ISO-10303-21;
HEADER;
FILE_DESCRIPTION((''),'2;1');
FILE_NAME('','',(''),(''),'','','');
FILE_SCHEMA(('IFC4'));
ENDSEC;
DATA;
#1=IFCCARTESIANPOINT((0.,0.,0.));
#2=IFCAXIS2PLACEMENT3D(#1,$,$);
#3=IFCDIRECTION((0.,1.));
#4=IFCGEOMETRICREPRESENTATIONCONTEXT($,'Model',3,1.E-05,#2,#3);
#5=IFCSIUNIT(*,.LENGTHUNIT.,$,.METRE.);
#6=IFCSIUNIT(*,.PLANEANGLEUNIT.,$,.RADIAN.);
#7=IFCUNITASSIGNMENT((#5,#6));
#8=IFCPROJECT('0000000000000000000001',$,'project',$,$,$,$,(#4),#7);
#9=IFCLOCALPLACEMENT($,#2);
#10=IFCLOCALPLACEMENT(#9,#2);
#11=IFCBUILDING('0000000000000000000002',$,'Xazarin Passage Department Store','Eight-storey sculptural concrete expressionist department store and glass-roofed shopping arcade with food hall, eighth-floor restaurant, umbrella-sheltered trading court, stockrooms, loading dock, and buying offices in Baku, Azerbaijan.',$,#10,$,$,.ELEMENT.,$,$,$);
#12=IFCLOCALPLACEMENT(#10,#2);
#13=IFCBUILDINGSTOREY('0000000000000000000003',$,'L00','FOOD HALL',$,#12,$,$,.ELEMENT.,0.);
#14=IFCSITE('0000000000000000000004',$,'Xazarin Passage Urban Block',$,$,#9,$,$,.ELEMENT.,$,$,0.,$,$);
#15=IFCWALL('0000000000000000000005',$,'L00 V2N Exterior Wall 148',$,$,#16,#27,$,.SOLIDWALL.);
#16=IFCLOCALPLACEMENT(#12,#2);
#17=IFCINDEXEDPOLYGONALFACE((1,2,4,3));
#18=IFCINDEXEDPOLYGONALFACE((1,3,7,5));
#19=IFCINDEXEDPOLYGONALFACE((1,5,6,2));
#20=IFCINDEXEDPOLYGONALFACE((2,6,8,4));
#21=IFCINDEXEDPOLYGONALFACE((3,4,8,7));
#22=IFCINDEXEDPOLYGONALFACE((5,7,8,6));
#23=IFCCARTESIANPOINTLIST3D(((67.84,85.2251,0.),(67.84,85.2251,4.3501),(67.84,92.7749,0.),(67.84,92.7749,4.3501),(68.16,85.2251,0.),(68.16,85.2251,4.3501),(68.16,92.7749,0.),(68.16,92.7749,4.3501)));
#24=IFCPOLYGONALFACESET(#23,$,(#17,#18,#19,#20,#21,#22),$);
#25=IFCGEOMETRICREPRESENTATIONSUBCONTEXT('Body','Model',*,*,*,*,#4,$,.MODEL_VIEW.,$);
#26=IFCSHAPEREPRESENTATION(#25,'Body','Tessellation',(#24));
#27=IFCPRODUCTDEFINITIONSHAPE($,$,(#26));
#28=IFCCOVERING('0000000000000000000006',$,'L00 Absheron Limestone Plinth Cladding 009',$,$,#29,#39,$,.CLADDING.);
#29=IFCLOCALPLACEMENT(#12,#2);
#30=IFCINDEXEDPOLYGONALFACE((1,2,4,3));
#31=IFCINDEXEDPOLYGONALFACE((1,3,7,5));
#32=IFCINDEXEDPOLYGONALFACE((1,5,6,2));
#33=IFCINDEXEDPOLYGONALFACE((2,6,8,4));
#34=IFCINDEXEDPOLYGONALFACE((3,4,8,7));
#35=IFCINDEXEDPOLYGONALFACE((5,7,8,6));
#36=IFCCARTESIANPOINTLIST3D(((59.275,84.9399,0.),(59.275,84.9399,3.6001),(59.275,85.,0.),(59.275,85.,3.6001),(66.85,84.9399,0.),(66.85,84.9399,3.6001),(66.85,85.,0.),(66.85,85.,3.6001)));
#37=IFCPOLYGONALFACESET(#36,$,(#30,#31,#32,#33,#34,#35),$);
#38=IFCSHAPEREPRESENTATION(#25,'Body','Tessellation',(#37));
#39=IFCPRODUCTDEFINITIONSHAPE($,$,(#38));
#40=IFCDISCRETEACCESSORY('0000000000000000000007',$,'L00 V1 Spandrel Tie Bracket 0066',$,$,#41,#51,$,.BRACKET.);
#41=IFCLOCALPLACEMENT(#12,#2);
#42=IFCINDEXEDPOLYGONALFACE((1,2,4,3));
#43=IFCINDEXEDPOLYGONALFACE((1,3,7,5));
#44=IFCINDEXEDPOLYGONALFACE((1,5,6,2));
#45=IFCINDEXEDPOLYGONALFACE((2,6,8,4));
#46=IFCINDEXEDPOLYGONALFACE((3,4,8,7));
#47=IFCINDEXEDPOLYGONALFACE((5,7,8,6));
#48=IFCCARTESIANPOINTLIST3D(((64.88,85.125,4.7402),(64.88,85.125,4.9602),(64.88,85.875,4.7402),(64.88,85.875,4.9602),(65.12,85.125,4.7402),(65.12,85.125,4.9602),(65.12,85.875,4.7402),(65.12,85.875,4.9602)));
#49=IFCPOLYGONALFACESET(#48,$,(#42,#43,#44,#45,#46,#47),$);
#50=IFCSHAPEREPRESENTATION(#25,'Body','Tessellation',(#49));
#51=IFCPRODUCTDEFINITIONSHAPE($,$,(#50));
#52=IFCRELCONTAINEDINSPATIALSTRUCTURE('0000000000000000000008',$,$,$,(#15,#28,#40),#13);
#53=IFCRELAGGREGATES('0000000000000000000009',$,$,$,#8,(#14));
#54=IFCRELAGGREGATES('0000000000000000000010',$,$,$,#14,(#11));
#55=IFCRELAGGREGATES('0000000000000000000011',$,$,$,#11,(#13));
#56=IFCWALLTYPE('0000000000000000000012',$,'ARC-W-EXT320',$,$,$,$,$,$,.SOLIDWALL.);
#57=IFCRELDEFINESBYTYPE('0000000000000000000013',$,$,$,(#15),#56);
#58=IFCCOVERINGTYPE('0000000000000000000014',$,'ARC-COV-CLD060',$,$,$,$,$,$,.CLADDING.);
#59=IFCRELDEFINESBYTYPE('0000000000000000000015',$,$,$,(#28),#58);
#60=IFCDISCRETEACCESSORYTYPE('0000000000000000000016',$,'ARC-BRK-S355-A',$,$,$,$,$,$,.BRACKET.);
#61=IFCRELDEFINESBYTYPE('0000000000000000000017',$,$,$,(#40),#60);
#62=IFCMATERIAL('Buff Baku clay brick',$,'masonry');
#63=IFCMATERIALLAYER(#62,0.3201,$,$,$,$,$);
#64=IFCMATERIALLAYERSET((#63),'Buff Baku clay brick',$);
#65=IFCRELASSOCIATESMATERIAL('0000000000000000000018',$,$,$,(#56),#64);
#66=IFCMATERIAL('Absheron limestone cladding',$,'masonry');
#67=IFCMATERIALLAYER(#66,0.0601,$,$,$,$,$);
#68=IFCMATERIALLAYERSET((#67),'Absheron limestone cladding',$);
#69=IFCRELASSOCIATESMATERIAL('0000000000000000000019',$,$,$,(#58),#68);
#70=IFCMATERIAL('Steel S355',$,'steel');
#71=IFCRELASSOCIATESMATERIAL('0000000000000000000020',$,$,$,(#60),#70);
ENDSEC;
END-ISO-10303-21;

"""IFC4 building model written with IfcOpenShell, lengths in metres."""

from ifc_helpers import new_model, si_unit, direction, frame, frame_2d, origin, origin_2d, place, context, subcontext, project, spatial, rectangle, extrude, material, layer, layer_set, type_object, element, save


model = new_model("IFC4")

# Units and contexts
model_context = context("Model", 3, precision=1e-05, world=origin(), true_north=direction((0.0, 1.0)))
body_context = subcontext(model_context, "Body", "Model", "MODEL_VIEW")
ifc_project = project(units=[si_unit("LENGTHUNIT", "METRE"), si_unit("PLANEANGLEUNIT", "RADIAN")], contexts=[model_context])

# Site, building, storey
site_placement = place(None, origin())
site = spatial("IfcSite", under=ifc_project, at=site_placement, Name="Xazarin Passage Urban Block", CompositionType="ELEMENT", RefElevation=0.0)
building_placement = place(site_placement, origin())
building = spatial("IfcBuilding", under=site, at=building_placement, Name="Xazarin Passage Department Store", Description="Eight-storey sculptural concrete expressionist department store and glass-roofed shopping arcade with food hall, eighth-floor restaurant, umbrella-sheltered trading court, stockrooms, loading dock, and buying offices in Baku, Azerbaijan.", CompositionType="ELEMENT")
storey_placement = place(building_placement, origin())
storey = spatial("IfcBuildingStorey", under=building, at=storey_placement, Name="L00", Description="FOOD HALL", CompositionType="ELEMENT", Elevation=0.0)

# Wall
ifc_material_1 = material(Name="Buff Baku clay brick", Category="masonry")
ifc_layer_1 = layer(ifc_material_1, 0.3201)
ifc_layer_set_1 = layer_set([ifc_layer_1], Name="Buff Baku clay brick")
wall_type = type_object("IfcWallType", Name="ARC-W-EXT320", PredefinedType="SOLIDWALL", material=ifc_layer_set_1)
wall_placement = place(storey_placement, frame((68.0, 85.2251, 0.0), z_axis=(0.0, 0.0, 1.0), x_axis=(0.0, 1.0, 0.0)))
element("IfcWall", 1, at=wall_placement, inside=storey, type_object=wall_type, Name="L00 V2N Exterior Wall 148", PredefinedType="SOLIDWALL", context=body_context, shape_type="SweptSolid", body=[
    extrude(rectangle(XDim=7.5498, YDim=0.3201, at=frame_2d((3.7749, 0.0))), origin(), (0.0, 0.0, 1.0), 4.3501),
])

# Covering
ifc_material_2 = material(Name="Absheron limestone cladding", Category="masonry")
ifc_layer_2 = layer(ifc_material_2, 0.0601)
ifc_layer_set_2 = layer_set([ifc_layer_2], Name="Absheron limestone cladding")
covering_type = type_object("IfcCoveringType", Name="ARC-COV-CLD060", PredefinedType="CLADDING", material=ifc_layer_set_2)
covering_placement = place(storey_placement, frame((63.0625, 84.97, 0.0), z_axis=(0.0, 0.0, 1.0), x_axis=(1.0, 0.0, 0.0)))
element("IfcCovering", 2, at=covering_placement, inside=storey, type_object=covering_type, Name="L00 Absheron Limestone Plinth Cladding 009", PredefinedType="CLADDING", context=body_context, shape_type="SweptSolid", body=[
    extrude(rectangle(XDim=7.575, YDim=0.0601, at=origin_2d()), origin(), (0.0, 0.0, 1.0), 3.6001),
])

# Discrete accessory
ifc_material_3 = material(Name="Steel S355", Category="steel")
discrete_accessory_type = type_object("IfcDiscreteAccessoryType", Name="ARC-BRK-S355-A", PredefinedType="BRACKET", material=ifc_material_3)
discrete_accessory_placement = place(storey_placement, frame((65.0, 85.5, 4.7402), z_axis=(0.0, 0.0, 1.0), x_axis=(1.0, 0.0, 0.0)))
element("IfcDiscreteAccessory", 3, at=discrete_accessory_placement, inside=storey, type_object=discrete_accessory_type, Name="L00 V1 Spandrel Tie Bracket 0066", PredefinedType="BRACKET", context=body_context, shape_type="SweptSolid", body=[
    extrude(rectangle(XDim=0.24, YDim=0.75, at=origin_2d()), origin(), (0.0, 0.0, 1.0), 0.22),
])

save(model, "model.ifc")
